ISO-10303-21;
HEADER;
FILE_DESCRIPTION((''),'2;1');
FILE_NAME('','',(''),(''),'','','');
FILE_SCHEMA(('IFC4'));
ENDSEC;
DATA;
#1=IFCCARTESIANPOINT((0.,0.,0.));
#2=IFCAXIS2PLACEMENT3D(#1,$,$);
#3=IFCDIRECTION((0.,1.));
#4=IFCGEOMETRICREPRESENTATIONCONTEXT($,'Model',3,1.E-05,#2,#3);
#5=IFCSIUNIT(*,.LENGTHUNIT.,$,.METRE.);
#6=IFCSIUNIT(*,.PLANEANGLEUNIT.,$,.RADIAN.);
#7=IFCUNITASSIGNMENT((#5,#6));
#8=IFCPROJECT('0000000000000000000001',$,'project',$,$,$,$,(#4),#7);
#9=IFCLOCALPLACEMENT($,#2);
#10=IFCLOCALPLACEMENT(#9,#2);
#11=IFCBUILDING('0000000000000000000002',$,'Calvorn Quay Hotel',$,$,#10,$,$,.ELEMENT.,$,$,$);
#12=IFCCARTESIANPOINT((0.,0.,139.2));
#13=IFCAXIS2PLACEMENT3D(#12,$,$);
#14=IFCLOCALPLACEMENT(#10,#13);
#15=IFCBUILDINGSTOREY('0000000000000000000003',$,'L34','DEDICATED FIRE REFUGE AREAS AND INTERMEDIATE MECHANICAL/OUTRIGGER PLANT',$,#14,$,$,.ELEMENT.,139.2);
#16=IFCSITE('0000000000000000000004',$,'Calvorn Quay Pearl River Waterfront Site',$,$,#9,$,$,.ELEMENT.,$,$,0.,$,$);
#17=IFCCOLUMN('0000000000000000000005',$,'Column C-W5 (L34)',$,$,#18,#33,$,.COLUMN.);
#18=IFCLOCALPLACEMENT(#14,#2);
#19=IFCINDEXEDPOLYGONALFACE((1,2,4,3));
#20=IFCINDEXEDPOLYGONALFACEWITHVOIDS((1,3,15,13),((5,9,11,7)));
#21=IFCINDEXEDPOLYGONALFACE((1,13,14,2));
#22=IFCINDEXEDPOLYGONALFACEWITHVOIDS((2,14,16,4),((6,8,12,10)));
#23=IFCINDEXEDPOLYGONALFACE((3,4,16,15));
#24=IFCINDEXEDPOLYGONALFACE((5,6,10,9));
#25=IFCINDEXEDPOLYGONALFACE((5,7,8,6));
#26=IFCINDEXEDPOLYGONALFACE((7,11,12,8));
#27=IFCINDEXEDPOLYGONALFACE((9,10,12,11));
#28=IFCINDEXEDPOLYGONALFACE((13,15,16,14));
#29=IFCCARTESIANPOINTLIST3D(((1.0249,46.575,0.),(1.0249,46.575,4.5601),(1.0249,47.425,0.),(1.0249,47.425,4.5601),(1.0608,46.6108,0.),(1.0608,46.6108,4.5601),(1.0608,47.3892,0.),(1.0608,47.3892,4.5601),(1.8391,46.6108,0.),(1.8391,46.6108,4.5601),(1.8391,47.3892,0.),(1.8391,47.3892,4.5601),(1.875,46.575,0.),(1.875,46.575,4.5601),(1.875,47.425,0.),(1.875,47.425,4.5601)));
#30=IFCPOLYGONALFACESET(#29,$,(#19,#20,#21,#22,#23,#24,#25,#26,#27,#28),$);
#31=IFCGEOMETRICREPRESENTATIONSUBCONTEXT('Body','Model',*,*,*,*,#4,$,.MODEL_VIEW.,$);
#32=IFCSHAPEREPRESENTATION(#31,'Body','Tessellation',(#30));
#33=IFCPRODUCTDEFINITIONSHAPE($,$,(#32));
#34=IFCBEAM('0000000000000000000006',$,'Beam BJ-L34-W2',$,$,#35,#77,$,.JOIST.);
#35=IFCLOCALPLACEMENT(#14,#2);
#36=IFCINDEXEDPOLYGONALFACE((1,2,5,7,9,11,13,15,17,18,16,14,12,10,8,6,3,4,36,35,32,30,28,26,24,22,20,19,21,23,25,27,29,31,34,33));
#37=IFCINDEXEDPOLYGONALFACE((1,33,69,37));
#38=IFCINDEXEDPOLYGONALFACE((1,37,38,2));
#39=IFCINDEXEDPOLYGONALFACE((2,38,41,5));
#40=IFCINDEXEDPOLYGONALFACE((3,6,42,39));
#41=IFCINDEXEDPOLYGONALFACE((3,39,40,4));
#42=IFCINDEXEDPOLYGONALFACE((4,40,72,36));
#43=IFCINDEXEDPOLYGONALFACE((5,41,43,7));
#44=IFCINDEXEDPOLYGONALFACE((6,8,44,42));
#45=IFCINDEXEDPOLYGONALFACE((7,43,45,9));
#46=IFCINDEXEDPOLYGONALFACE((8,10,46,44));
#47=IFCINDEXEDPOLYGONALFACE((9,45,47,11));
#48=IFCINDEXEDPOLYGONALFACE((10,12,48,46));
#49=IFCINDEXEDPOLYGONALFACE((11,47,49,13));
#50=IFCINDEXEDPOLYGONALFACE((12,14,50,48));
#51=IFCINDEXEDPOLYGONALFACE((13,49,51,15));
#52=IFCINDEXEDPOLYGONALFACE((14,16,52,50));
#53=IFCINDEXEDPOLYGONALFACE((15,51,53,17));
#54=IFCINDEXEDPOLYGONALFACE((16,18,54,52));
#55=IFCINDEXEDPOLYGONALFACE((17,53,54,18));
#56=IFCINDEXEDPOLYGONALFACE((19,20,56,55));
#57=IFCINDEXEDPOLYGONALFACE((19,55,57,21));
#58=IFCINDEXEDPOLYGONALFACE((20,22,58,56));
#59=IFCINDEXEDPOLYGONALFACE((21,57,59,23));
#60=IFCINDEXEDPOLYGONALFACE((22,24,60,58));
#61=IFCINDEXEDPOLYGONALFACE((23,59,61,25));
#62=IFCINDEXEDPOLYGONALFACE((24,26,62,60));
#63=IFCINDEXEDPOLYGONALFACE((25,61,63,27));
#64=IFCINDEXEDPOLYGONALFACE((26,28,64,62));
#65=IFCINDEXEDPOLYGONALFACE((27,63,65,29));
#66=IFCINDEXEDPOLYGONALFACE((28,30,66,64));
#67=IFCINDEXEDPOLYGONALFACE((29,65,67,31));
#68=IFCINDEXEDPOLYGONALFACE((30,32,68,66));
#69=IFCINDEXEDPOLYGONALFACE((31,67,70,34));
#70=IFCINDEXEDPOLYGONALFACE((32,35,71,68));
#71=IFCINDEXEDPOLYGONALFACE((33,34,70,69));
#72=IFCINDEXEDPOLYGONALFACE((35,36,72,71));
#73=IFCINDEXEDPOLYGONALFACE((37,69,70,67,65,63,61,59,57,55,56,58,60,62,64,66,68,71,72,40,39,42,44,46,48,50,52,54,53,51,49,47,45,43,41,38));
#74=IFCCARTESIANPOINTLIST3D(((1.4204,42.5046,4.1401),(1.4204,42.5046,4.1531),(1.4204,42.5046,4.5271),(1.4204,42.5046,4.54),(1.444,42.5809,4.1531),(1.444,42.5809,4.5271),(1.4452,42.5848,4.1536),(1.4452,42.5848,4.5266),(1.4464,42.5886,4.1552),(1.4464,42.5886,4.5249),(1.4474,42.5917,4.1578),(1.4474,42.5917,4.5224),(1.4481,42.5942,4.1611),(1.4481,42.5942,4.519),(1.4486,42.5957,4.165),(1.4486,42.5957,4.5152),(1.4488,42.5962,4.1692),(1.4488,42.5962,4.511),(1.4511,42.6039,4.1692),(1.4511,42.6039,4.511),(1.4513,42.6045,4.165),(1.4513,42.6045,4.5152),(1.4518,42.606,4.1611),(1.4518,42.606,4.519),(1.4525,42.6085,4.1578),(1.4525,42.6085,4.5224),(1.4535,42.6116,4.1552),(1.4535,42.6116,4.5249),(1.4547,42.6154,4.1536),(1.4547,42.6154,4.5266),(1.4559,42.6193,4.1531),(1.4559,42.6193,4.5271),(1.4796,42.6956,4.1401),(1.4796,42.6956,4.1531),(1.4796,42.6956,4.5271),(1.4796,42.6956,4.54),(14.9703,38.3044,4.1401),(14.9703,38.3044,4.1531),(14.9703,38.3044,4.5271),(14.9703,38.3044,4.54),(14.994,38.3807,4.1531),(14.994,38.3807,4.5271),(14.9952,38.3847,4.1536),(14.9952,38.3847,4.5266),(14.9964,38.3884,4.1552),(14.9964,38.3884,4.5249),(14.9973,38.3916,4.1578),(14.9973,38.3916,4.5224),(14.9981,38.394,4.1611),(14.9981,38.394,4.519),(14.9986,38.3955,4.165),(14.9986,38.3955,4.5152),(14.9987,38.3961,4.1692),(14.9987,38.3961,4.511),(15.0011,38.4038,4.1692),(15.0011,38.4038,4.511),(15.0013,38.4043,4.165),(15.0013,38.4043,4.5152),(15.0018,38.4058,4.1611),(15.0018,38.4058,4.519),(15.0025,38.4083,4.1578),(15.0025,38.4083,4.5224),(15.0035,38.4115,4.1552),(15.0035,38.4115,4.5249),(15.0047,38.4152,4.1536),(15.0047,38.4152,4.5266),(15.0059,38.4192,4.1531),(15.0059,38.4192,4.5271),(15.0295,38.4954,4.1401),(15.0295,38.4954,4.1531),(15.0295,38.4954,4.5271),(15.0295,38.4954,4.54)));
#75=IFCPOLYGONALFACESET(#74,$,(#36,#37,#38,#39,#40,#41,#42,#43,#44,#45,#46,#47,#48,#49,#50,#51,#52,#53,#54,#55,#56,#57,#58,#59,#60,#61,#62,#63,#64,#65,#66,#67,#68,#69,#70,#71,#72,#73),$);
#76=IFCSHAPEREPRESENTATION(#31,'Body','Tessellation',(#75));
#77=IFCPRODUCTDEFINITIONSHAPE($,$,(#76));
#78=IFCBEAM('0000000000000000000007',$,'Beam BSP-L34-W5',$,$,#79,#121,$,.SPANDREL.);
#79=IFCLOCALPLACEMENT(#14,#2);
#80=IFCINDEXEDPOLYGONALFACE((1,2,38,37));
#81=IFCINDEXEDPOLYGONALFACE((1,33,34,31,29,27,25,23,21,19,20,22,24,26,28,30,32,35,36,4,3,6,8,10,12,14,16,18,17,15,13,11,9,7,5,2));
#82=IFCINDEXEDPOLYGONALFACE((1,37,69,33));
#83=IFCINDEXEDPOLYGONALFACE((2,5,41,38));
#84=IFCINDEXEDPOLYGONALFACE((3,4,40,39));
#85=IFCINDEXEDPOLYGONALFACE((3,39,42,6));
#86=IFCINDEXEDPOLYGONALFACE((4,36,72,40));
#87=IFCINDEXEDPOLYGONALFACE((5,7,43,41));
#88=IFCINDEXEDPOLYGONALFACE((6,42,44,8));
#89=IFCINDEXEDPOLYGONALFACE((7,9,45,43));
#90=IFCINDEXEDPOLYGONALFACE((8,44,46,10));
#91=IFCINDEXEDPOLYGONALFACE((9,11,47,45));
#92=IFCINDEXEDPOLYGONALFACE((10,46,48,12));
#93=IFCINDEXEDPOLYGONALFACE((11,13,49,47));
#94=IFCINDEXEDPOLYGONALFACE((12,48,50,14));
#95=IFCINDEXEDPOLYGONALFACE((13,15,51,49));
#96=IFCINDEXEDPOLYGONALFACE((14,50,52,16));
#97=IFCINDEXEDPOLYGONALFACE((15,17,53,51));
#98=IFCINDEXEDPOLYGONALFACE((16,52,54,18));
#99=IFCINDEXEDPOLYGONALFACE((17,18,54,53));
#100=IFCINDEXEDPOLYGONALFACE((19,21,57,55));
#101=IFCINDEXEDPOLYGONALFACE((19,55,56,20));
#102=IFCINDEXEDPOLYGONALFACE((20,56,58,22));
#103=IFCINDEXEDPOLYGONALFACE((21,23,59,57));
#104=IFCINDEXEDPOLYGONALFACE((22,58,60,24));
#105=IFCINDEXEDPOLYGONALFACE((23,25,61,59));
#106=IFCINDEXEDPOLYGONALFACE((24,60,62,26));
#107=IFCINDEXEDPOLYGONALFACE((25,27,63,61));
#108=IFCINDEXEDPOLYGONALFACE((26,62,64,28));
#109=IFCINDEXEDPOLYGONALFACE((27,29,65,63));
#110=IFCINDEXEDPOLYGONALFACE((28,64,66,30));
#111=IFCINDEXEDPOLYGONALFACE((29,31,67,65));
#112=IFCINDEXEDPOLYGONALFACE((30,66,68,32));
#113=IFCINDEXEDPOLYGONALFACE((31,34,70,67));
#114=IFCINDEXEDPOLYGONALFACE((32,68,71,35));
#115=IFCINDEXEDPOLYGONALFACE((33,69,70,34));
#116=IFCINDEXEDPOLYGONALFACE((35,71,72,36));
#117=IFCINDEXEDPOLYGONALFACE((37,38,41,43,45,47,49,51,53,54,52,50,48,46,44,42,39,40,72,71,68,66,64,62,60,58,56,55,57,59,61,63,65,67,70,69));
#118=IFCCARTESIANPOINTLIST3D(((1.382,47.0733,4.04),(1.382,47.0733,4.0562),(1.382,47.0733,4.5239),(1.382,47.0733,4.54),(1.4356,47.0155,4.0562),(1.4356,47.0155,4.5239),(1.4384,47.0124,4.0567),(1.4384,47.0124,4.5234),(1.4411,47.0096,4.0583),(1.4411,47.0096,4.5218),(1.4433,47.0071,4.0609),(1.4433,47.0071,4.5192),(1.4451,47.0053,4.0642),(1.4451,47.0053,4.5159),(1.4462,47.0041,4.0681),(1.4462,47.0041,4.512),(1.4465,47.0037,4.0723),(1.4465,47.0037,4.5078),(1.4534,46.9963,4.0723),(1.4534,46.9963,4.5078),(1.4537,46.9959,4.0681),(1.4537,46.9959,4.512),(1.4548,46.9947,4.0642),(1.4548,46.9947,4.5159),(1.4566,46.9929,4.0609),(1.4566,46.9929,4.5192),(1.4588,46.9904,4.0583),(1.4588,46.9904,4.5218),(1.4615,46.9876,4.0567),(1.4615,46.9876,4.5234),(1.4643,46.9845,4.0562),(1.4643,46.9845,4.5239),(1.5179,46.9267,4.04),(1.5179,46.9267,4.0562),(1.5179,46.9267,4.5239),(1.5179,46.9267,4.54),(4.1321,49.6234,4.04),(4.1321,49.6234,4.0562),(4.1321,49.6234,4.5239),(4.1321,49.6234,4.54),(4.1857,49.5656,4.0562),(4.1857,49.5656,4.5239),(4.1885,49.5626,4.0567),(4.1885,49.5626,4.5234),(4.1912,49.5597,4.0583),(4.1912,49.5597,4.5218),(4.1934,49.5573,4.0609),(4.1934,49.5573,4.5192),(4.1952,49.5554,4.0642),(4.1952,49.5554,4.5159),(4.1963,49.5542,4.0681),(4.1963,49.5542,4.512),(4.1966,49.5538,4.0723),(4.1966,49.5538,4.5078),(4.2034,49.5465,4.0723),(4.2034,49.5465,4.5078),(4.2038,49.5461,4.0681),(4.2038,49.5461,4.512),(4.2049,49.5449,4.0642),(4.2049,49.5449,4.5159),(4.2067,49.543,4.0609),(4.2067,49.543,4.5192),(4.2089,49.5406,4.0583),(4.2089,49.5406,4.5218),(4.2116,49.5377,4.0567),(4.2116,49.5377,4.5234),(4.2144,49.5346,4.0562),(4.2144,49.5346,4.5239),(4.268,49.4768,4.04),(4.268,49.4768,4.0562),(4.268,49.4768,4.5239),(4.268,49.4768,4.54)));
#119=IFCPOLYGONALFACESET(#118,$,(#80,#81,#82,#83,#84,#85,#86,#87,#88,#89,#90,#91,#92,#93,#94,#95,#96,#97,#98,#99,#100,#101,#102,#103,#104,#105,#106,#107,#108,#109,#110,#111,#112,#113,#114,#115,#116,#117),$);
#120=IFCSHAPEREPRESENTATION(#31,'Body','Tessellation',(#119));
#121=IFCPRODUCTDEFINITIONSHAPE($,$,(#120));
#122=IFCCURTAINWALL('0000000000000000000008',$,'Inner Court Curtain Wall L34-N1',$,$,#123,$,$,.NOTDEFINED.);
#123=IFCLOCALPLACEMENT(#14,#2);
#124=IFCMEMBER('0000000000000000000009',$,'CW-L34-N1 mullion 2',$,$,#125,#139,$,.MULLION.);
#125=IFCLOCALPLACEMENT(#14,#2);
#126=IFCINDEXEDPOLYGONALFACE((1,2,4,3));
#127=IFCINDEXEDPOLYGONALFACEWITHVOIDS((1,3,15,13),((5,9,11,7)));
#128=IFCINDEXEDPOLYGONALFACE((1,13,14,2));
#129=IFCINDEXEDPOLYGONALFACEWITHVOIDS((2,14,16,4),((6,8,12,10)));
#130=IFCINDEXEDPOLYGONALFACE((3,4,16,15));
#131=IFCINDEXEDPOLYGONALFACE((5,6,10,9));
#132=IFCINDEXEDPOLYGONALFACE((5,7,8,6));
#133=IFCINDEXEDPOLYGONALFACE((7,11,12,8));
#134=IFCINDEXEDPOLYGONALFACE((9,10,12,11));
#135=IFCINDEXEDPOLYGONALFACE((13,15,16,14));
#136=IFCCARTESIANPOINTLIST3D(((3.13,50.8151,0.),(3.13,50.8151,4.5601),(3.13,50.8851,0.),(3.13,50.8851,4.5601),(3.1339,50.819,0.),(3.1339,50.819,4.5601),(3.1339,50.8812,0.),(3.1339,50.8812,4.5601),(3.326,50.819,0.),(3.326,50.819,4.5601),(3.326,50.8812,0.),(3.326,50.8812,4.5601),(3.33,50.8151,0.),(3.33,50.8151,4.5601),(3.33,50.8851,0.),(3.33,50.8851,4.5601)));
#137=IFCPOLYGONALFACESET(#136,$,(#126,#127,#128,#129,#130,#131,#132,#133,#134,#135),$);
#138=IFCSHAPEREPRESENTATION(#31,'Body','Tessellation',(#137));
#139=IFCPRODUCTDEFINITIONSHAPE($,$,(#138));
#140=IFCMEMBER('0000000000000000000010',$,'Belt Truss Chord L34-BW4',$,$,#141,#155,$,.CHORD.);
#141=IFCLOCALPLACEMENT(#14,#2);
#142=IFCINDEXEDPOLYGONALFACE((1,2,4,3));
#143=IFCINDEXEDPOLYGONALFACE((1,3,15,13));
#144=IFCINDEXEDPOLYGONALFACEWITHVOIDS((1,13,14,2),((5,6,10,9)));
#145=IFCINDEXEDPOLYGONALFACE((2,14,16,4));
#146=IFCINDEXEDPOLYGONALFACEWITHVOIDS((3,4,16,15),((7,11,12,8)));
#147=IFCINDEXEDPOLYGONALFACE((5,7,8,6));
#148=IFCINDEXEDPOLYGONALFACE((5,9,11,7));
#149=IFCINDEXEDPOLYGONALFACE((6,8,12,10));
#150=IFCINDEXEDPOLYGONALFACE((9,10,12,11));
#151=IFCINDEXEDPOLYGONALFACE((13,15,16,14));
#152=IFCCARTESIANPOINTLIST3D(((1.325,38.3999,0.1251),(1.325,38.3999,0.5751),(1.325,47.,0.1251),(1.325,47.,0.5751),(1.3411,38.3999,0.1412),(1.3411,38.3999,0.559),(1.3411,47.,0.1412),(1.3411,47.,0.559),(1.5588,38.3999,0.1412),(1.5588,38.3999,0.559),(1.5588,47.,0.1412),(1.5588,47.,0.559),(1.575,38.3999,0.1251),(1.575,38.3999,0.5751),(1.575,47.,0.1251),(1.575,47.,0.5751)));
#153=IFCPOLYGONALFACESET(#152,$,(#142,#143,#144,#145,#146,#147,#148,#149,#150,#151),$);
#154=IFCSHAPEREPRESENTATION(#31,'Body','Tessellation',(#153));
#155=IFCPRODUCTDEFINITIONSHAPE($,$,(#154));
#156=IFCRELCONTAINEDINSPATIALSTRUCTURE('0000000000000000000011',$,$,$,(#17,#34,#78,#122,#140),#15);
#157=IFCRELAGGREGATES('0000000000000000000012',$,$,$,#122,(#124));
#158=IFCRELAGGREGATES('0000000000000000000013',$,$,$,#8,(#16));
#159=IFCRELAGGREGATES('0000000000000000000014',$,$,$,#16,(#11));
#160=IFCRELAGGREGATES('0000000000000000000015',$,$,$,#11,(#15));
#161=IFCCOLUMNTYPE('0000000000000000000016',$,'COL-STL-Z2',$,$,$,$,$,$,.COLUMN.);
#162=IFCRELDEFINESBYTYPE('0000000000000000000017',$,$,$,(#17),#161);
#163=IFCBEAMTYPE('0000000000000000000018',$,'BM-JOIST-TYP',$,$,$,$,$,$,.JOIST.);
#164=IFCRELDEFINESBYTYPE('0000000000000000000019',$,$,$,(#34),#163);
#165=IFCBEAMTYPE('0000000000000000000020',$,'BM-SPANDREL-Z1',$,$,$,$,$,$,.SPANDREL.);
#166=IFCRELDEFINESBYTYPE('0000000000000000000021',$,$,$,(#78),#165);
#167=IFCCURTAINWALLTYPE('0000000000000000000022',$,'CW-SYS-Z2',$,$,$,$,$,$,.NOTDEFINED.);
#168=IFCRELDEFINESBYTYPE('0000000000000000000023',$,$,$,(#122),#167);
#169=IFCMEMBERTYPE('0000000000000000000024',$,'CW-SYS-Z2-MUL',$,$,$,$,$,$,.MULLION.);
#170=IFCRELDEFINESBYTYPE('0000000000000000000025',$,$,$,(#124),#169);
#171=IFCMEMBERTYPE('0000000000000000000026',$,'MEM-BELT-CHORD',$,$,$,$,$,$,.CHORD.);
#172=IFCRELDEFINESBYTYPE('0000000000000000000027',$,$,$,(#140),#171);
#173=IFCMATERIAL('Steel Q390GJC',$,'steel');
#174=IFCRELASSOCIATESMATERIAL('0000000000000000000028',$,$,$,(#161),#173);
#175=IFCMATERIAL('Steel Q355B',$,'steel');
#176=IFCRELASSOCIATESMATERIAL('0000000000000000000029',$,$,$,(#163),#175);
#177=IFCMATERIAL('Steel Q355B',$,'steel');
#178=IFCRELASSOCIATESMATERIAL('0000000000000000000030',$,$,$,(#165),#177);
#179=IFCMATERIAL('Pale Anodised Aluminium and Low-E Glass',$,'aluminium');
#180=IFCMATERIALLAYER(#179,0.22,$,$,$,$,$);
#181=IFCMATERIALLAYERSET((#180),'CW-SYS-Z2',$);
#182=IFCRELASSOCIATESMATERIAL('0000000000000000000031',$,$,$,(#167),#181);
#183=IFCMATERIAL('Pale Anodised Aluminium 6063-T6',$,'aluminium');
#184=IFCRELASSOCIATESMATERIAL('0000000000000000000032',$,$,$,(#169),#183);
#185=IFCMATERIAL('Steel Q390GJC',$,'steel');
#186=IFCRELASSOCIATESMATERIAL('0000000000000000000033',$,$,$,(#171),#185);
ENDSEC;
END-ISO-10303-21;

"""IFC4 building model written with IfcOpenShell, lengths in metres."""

from ifc_helpers import new_model, si_unit, direction, frame, origin, origin_2d, place, context, subcontext, project, spatial, hollow_rectangle, i_section, extrude, material, layer, layer_set, material_profile, profile_set, type_object, element, aggregate, save


model = new_model("IFC4")

# Units and contexts
model_context = context("Model", 3, precision=1e-05, world=origin(), true_north=direction((0.0, 1.0)))
body_context = subcontext(model_context, "Body", "Model", "MODEL_VIEW")
ifc_project = project(units=[si_unit("LENGTHUNIT", "METRE"), si_unit("PLANEANGLEUNIT", "RADIAN")], contexts=[model_context])

# Site, building, storey
site_placement = place(None, origin())
site = spatial("IfcSite", under=ifc_project, at=site_placement, Name="Calvorn Quay Pearl River Waterfront Site", CompositionType="ELEMENT", RefElevation=0.0)
building_placement = place(site_placement, origin())
building = spatial("IfcBuilding", under=site, at=building_placement, Name="Calvorn Quay Hotel", CompositionType="ELEMENT")
storey_placement = place(building_placement, frame((0.0, 0.0, 139.2)))
storey = spatial("IfcBuildingStorey", under=building, at=storey_placement, Name="L34", Description="DEDICATED FIRE REFUGE AREAS AND INTERMEDIATE MECHANICAL/OUTRIGGER PLANT", CompositionType="ELEMENT", Elevation=139.2)

# Column
ifc_material_1 = material(Name="Steel Q390GJC", Category="steel")
ifc_material_profile_1 = material_profile(ifc_material_1, hollow_rectangle(XDim=0.8501, YDim=0.8501, WallThickness=0.0359, at=origin_2d()), Name="BOX850x850x36")
ifc_profile_set_1 = profile_set([ifc_material_profile_1], Name="Steel Q390GJC")
column_type = type_object("IfcColumnType", Name="COL-STL-Z2", PredefinedType="COLUMN", material=ifc_profile_set_1)
column_placement = place(storey_placement, frame((1.45, 47.0, 0.0), z_axis=(0.0, 0.0, 1.0), x_axis=(1.0, 0.0, 0.0)))
element("IfcColumn", 1, at=column_placement, inside=storey, type_object=column_type, Name="Column C-W5 (L34)", PredefinedType="COLUMN", context=body_context, shape_type="SweptSolid", body=[
    extrude(hollow_rectangle(XDim=0.8501, YDim=0.8501, WallThickness=0.0359, at=origin_2d()), origin(), (0.0, 0.0, 1.0), 4.5601),
])

# Beams
ifc_material_2 = material(Name="Steel Q355B", Category="steel")
ifc_material_profile_2 = material_profile(ifc_material_2, i_section(OverallWidth=0.2, OverallDepth=0.3999, WebThickness=0.0081, FlangeThickness=0.0129, FilletRadius=0.0161, at=origin_2d()), Name="HN400x200x8x13")
ifc_profile_set_2 = profile_set([ifc_material_profile_2], Name="Steel Q355B")
beam_type_1 = type_object("IfcBeamType", Name="BM-JOIST-TYP", PredefinedType="JOIST", material=ifc_profile_set_2)
beam_1_placement = place(storey_placement, frame((1.45, 42.6001, 4.3401), z_axis=(0.955164, -0.296078, 0.0), x_axis=(0.296078, 0.955164, 0.0)))
element("IfcBeam", 2, at=beam_1_placement, inside=storey, type_object=beam_type_1, Name="Beam BJ-L34-W2", PredefinedType="JOIST", context=body_context, shape_type="SweptSolid", body=[
    extrude(i_section(OverallWidth=0.2, OverallDepth=0.3999, WebThickness=0.0081, FlangeThickness=0.0129, FilletRadius=0.0161, at=origin_2d()), origin(), (0.0, 0.0, 1.0), 14.186),
])
ifc_material_3 = material(Name="Steel Q355B", Category="steel")
ifc_material_profile_3 = material_profile(ifc_material_3, i_section(OverallWidth=0.2, OverallDepth=0.5, WebThickness=0.01, FlangeThickness=0.0161, FilletRadius=0.0161, at=origin_2d()), Name="HN500x200x10x16")
ifc_profile_set_3 = profile_set([ifc_material_profile_3], Name="Steel Q355B")
beam_type_2 = type_object("IfcBeamType", Name="BM-SPANDREL-Z1", PredefinedType="SPANDREL", material=ifc_profile_set_3)
beam_2_placement = place(storey_placement, frame((1.45, 47.0, 4.29), z_axis=(0.733262, 0.679947, 0.0), x_axis=(-0.679947, 0.733262, 0.0)))
element("IfcBeam", 3, at=beam_2_placement, inside=storey, type_object=beam_type_2, Name="Beam BSP-L34-W5", PredefinedType="SPANDREL", context=body_context, shape_type="SweptSolid", body=[
    extrude(i_section(OverallWidth=0.2, OverallDepth=0.5, WebThickness=0.01, FlangeThickness=0.0161, FilletRadius=0.0161, at=origin_2d()), origin(), (0.0, 0.0, 1.0), 3.7505),
])

# Curtain wall, member
ifc_material_4 = material(Name="Pale Anodised Aluminium and Low-E Glass", Category="aluminium")
ifc_layer_1 = layer(ifc_material_4, 0.22)
ifc_layer_set_1 = layer_set([ifc_layer_1], Name="CW-SYS-Z2")
curtain_wall_type = type_object("IfcCurtainWallType", Name="CW-SYS-Z2", PredefinedType="NOTDEFINED", material=ifc_layer_set_1)
curtain_wall_placement = place(storey_placement, origin())
curtain_wall = element("IfcCurtainWall", 4, at=curtain_wall_placement, inside=storey, type_object=curtain_wall_type, Name="Inner Court Curtain Wall L34-N1", PredefinedType="NOTDEFINED")
ifc_material_5 = material(Name="Pale Anodised Aluminium 6063-T6", Category="aluminium")
ifc_material_profile_4 = material_profile(ifc_material_5, hollow_rectangle(XDim=0.0701, YDim=0.2, WallThickness=0.0039, at=origin_2d()), Name="ALU-M200x70x4")
ifc_profile_set_4 = profile_set([ifc_material_profile_4], Name="Pale Anodised Aluminium 6063-T6")
member_type_1 = type_object("IfcMemberType", Name="CW-SYS-Z2-MUL", PredefinedType="MULLION", material=ifc_profile_set_4)
member_1_placement = place(storey_placement, frame((3.23, 50.8501, 0.0), z_axis=(0.0, 0.0, 1.0), x_axis=(0.0, -1.0, 0.0)))
member_1 = element("IfcMember", 5, at=member_1_placement, type_object=member_type_1, Name="CW-L34-N1 mullion 2", PredefinedType="MULLION", context=body_context, shape_type="SweptSolid", body=[
    extrude(hollow_rectangle(XDim=0.0701, YDim=0.2, WallThickness=0.0039, at=origin_2d()), origin(), (0.0, 0.0, 1.0), 4.5601),
])
aggregate(curtain_wall, [member_1])

# Member
ifc_material_6 = material(Name="Steel Q390GJC", Category="steel")
ifc_material_profile_5 = material_profile(ifc_material_6, hollow_rectangle(XDim=0.25, YDim=0.45, WallThickness=0.0161, at=origin_2d()), Name="RHS450x250x16")
ifc_profile_set_5 = profile_set([ifc_material_profile_5], Name="Steel Q390GJC")
member_type_2 = type_object("IfcMemberType", Name="MEM-BELT-CHORD", PredefinedType="CHORD", material=ifc_profile_set_5)
member_2_placement = place(storey_placement, frame((1.45, 38.3999, 0.3501), z_axis=(0.0, 1.0, 0.0), x_axis=(-1.0, 0.0, 0.0)))
element("IfcMember", 6, at=member_2_placement, inside=storey, type_object=member_type_2, Name="Belt Truss Chord L34-BW4", PredefinedType="CHORD", context=body_context, shape_type="SweptSolid", body=[
    extrude(hollow_rectangle(XDim=0.25, YDim=0.45, WallThickness=0.0161, at=origin_2d()), origin(), (0.0, 0.0, 1.0), 8.6001),
])

save(model, "model.ifc")
